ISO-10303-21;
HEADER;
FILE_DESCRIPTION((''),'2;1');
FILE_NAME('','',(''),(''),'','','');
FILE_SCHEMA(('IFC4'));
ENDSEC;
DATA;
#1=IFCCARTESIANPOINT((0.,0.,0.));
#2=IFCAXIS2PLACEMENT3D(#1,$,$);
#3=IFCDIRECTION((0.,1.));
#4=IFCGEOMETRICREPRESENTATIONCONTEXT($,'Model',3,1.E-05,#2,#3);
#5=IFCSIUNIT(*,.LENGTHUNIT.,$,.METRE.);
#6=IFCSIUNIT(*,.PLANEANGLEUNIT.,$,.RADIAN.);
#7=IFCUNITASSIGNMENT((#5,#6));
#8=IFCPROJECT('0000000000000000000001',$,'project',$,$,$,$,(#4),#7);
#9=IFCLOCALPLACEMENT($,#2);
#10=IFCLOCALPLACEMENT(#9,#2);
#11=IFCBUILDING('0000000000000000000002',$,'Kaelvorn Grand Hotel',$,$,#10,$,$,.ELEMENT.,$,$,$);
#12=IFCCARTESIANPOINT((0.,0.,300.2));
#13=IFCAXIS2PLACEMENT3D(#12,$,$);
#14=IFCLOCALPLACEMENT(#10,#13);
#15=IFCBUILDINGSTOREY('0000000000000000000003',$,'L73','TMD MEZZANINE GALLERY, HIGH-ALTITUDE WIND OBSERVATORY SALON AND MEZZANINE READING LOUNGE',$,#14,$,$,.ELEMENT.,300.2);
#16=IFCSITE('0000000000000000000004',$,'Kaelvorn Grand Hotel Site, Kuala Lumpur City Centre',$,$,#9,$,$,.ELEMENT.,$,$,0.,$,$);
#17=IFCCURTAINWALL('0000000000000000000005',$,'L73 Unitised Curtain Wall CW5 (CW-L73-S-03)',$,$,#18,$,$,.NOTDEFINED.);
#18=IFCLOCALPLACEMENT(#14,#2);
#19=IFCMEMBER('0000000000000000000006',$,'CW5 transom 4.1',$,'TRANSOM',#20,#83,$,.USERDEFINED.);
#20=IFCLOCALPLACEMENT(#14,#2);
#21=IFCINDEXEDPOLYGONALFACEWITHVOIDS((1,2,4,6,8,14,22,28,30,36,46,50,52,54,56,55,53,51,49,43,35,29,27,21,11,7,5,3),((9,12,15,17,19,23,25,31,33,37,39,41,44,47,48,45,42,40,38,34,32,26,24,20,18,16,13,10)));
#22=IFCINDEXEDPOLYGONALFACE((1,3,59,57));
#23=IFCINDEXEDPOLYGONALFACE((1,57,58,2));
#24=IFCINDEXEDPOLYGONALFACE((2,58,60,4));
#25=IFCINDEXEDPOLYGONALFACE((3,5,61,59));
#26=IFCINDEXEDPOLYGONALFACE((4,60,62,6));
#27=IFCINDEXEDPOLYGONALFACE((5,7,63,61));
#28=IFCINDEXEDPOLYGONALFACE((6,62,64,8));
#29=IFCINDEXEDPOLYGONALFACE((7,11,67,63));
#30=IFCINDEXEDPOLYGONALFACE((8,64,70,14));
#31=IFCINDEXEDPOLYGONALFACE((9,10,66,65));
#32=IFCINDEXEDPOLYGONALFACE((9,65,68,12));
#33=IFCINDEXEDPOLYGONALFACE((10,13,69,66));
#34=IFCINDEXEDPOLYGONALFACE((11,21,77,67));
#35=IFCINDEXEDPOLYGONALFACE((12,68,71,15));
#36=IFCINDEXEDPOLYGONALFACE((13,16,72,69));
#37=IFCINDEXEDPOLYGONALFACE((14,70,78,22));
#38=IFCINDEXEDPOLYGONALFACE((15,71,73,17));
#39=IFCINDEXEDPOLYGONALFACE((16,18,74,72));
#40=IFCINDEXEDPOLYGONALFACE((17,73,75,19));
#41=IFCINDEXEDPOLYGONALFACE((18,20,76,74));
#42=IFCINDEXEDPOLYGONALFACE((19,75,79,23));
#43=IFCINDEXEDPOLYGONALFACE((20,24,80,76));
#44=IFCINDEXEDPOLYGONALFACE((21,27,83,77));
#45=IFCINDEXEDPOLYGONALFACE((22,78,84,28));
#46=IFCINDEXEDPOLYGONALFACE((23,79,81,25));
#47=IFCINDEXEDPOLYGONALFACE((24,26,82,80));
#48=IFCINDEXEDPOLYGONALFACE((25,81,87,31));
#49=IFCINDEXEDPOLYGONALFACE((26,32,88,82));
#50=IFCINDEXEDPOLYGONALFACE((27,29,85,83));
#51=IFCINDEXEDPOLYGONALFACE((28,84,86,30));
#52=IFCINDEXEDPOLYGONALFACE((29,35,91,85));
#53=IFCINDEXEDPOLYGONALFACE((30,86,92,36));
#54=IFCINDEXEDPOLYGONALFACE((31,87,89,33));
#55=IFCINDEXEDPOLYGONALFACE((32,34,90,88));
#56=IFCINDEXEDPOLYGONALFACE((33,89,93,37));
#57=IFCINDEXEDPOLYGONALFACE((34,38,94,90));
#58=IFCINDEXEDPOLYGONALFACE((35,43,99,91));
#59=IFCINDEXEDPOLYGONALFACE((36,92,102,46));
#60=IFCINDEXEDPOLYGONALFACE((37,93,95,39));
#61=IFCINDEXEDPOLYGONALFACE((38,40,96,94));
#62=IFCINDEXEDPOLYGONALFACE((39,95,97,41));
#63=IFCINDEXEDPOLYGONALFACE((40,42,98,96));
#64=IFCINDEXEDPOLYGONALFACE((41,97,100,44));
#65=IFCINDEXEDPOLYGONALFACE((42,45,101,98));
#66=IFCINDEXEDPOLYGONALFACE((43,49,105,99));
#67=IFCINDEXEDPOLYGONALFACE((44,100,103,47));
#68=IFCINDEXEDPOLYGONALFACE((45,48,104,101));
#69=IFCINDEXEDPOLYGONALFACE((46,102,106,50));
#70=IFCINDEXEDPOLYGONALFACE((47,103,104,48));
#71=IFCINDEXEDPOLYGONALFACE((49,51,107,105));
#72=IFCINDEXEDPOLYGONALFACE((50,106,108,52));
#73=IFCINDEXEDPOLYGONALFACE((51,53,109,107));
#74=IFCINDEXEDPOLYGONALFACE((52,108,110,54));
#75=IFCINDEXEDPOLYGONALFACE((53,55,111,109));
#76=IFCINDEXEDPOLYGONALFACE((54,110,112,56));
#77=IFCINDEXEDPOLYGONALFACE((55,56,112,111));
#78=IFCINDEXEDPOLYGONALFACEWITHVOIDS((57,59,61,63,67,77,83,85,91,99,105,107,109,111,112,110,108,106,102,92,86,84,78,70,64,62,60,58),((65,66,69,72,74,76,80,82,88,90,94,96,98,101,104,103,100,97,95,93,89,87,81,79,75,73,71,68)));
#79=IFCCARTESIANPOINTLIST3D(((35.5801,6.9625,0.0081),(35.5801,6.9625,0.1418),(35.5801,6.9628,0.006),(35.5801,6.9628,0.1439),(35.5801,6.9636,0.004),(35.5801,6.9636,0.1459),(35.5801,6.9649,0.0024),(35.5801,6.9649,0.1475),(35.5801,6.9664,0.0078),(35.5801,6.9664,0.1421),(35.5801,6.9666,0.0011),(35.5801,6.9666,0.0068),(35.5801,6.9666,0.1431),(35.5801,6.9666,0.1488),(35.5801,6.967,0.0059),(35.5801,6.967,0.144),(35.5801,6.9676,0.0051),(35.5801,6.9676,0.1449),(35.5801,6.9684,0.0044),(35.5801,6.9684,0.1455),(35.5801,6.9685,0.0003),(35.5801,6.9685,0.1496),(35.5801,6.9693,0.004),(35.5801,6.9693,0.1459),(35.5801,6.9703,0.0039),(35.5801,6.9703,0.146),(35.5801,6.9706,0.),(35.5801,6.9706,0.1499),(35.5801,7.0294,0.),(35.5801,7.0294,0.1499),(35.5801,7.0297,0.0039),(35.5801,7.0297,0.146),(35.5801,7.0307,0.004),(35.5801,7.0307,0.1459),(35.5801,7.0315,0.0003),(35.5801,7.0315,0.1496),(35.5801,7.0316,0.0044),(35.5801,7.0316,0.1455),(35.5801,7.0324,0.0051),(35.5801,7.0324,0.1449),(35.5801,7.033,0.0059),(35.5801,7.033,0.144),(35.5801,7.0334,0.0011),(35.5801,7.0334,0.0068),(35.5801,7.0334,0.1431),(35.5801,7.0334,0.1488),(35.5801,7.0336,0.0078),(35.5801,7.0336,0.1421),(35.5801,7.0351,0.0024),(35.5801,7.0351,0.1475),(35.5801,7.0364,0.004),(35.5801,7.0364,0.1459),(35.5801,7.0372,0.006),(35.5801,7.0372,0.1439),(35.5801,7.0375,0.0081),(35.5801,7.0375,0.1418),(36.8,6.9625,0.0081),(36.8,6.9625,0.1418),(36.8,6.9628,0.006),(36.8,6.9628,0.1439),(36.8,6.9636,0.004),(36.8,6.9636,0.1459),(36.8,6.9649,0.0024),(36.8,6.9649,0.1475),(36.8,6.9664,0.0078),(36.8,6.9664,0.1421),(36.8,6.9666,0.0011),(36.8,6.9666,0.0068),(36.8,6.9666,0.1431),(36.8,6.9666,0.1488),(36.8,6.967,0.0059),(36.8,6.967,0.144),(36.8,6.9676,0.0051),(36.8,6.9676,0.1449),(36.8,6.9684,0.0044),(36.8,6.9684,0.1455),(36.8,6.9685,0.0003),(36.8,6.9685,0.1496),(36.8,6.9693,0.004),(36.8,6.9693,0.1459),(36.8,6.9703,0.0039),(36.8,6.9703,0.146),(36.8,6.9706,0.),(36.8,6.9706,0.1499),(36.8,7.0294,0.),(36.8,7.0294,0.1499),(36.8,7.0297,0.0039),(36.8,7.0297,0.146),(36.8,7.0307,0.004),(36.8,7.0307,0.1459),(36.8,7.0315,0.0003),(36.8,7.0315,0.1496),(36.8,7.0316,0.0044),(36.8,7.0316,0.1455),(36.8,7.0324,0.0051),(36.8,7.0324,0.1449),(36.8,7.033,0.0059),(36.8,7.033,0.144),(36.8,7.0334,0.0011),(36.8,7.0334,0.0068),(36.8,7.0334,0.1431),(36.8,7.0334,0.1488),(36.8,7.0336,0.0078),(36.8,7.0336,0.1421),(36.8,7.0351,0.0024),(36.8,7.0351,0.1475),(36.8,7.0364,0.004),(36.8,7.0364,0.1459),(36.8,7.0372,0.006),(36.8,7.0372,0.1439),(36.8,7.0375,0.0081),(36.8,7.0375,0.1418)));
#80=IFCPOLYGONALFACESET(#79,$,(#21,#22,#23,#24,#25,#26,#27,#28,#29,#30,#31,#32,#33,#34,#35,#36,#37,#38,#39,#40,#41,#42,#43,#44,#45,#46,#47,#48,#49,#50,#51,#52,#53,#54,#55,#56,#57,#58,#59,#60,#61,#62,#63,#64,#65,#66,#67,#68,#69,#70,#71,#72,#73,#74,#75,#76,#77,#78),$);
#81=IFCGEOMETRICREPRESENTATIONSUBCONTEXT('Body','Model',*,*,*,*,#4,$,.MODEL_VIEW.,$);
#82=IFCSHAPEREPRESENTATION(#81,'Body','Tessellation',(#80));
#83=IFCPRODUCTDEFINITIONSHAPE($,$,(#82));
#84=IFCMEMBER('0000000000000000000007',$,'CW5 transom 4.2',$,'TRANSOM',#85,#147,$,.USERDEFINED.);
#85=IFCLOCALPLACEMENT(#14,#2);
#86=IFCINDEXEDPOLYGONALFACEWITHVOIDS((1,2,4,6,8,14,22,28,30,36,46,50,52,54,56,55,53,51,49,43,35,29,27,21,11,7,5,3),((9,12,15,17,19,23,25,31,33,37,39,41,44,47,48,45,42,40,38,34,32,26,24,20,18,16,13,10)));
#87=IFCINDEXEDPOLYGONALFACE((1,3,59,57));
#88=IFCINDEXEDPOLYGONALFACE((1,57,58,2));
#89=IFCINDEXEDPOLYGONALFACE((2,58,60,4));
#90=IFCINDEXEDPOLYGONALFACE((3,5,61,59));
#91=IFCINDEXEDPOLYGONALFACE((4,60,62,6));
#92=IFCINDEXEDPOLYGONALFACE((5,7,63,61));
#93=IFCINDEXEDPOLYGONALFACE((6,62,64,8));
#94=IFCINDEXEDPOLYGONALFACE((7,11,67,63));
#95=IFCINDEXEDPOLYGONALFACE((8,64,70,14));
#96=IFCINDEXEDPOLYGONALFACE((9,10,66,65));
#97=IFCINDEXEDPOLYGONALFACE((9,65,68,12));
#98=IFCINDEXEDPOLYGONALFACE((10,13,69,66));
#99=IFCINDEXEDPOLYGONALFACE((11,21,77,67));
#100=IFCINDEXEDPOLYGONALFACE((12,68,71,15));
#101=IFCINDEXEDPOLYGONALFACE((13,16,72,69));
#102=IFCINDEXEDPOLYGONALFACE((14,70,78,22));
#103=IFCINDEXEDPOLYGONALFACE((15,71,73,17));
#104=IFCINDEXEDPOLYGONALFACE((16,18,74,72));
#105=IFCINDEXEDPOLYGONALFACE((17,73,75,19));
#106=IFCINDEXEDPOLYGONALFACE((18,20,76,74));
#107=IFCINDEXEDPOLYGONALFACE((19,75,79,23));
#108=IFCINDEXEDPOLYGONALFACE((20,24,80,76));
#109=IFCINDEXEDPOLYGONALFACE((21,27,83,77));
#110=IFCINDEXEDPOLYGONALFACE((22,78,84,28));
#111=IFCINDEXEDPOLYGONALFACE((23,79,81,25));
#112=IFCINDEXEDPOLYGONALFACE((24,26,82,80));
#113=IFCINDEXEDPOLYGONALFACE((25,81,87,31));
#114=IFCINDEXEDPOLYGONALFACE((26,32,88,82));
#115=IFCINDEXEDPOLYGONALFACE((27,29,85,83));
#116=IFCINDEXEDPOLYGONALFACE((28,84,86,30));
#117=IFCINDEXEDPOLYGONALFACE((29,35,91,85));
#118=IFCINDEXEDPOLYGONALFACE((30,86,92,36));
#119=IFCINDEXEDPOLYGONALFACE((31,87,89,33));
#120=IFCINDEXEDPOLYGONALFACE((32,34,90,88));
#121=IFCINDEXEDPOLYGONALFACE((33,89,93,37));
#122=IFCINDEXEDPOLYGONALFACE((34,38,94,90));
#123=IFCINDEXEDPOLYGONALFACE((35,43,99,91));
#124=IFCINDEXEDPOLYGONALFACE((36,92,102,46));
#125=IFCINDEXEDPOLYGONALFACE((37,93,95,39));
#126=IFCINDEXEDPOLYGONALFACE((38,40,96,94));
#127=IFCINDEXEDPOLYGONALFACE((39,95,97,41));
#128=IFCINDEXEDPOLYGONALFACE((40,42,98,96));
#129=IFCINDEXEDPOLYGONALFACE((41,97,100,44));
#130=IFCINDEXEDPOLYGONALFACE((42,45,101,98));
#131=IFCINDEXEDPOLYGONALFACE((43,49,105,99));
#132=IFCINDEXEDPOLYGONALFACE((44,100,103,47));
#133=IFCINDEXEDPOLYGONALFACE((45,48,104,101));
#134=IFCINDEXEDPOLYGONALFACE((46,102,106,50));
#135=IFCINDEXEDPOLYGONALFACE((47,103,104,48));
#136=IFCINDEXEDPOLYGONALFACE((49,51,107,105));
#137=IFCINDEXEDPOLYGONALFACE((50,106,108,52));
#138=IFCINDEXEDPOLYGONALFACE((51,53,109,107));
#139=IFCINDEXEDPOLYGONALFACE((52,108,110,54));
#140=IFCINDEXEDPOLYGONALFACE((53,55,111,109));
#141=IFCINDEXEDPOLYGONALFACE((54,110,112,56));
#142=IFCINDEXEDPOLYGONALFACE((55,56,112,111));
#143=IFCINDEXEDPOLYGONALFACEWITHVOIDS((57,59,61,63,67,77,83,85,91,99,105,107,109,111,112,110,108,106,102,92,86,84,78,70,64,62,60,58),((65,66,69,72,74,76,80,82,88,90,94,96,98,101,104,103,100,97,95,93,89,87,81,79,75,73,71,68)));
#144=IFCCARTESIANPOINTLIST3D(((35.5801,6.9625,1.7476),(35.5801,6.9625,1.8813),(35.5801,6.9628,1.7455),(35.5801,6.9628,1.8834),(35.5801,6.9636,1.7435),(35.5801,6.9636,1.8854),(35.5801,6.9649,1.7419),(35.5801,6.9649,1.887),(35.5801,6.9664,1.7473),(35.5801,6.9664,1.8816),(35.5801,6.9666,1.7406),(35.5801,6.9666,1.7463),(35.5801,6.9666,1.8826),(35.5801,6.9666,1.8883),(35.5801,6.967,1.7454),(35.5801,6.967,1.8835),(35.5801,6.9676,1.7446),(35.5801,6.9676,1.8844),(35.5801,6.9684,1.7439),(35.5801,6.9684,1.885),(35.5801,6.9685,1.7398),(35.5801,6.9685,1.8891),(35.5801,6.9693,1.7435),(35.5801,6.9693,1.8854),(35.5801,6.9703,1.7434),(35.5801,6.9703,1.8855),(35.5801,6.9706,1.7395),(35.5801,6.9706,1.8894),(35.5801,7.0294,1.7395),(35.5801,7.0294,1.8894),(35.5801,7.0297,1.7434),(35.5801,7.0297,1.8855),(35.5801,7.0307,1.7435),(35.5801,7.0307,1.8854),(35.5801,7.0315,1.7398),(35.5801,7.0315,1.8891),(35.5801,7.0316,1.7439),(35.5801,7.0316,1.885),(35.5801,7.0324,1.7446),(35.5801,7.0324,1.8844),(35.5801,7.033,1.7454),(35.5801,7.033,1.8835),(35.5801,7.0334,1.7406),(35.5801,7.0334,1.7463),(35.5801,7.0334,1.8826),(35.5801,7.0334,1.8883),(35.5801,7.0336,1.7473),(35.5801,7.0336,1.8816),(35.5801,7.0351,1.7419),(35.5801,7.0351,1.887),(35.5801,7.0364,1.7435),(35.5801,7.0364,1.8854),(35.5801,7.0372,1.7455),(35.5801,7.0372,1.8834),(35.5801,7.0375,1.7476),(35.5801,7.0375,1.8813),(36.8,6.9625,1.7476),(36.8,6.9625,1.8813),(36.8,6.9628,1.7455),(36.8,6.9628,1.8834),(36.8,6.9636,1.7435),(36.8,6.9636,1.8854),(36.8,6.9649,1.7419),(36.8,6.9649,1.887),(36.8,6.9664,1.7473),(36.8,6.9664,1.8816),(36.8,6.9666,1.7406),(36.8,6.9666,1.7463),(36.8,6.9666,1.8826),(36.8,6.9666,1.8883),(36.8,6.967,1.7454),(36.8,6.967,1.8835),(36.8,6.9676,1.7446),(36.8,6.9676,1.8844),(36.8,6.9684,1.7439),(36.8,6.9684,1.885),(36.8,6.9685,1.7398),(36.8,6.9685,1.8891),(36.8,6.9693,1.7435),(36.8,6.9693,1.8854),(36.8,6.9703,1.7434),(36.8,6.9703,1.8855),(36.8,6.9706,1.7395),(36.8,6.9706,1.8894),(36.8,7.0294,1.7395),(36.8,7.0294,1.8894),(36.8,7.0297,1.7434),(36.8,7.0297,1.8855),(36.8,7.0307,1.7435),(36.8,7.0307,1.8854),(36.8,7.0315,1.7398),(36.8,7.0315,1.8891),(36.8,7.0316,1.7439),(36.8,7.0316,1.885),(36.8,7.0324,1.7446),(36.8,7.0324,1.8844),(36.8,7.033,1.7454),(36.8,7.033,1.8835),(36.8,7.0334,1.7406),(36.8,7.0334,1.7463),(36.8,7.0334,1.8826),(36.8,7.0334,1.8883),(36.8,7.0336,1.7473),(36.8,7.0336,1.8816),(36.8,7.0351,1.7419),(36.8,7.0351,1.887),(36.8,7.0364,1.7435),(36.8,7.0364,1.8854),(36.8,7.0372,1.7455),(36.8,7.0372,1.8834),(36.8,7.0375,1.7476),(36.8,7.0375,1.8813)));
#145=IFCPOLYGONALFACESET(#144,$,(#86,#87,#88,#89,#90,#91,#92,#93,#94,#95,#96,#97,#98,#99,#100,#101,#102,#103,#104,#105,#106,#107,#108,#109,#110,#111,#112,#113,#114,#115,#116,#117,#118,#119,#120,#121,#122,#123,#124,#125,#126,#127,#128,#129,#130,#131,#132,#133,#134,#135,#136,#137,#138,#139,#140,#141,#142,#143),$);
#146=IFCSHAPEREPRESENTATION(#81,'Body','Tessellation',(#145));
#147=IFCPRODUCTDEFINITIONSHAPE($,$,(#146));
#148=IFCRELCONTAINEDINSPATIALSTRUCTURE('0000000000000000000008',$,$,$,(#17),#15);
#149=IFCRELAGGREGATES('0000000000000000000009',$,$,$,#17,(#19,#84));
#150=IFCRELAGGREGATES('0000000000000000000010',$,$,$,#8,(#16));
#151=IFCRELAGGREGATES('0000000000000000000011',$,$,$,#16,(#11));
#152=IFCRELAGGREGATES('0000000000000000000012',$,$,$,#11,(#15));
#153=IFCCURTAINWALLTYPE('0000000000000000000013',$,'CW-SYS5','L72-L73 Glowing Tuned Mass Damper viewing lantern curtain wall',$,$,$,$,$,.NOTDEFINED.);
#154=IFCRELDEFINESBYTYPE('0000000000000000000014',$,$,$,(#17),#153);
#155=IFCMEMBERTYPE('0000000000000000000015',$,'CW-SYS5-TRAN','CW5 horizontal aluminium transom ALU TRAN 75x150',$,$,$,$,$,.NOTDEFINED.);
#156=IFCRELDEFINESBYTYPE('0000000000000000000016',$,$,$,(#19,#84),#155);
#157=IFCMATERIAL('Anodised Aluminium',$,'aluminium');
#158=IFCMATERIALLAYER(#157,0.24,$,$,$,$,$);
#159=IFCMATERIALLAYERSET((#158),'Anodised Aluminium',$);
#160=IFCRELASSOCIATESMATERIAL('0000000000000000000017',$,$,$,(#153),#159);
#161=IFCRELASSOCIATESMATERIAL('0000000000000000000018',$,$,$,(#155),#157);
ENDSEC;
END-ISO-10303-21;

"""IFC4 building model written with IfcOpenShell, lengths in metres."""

from ifc_helpers import new_model, si_unit, direction, frame, origin, origin_2d, place, context, subcontext, project, spatial, hollow_rectangle, extrude, material, layer, layer_set, material_profile, profile_set, type_object, element, aggregate, save


model = new_model("IFC4")

# Units and contexts
model_context = context("Model", 3, precision=1e-05, world=origin(), true_north=direction((0.0, 1.0)))
body_context = subcontext(model_context, "Body", "Model", "MODEL_VIEW")
ifc_project = project(units=[si_unit("LENGTHUNIT", "METRE"), si_unit("PLANEANGLEUNIT", "RADIAN")], contexts=[model_context])

# Site, building, storey
site_placement = place(None, origin())
site = spatial("IfcSite", under=ifc_project, at=site_placement, Name="Kaelvorn Grand Hotel Site, Kuala Lumpur City Centre", CompositionType="ELEMENT", RefElevation=0.0)
building_placement = place(site_placement, origin())
building = spatial("IfcBuilding", under=site, at=building_placement, Name="Kaelvorn Grand Hotel", CompositionType="ELEMENT")
storey_placement = place(building_placement, frame((0.0, 0.0, 300.2)))
storey = spatial("IfcBuildingStorey", under=building, at=storey_placement, Name="L73", Description="TMD MEZZANINE GALLERY, HIGH-ALTITUDE WIND OBSERVATORY SALON AND MEZZANINE READING LOUNGE", CompositionType="ELEMENT", Elevation=300.2)

# Curtain wall
ifc_material_1 = material(Name="Anodised Aluminium", Category="aluminium")
ifc_layer_1 = layer(ifc_material_1, 0.24)
ifc_layer_set_1 = layer_set([ifc_layer_1], Name="Anodised Aluminium")
curtain_wall_type = type_object("IfcCurtainWallType", Name="CW-SYS5", Description="L72-L73 Glowing Tuned Mass Damper viewing lantern curtain wall", PredefinedType="NOTDEFINED", material=ifc_layer_set_1)
curtain_wall_1_placement = place(storey_placement, origin())
curtain_wall_1 = element("IfcCurtainWall", 1, at=curtain_wall_1_placement, inside=storey, type_object=curtain_wall_type, Name="L73 Unitised Curtain Wall CW5 (CW-L73-S-03)", PredefinedType="NOTDEFINED")

# Members
ifc_material_profile_1 = material_profile(ifc_material_1, hollow_rectangle(XDim=0.075, YDim=0.1499, WallThickness=0.0039, InnerFilletRadius=0.0039, OuterFilletRadius=0.0081, at=origin_2d()), Name="ALU TRAN 75x150")
ifc_profile_set_1 = profile_set([ifc_material_profile_1], Name="Anodised Aluminium")
member_type_1 = type_object("IfcMemberType", Name="CW-SYS5-TRAN", Description="CW5 horizontal aluminium transom ALU TRAN 75x150", PredefinedType="NOTDEFINED", material=ifc_profile_set_1)
member_1_placement = place(storey_placement, frame((35.5801, 7.0, 0.075), z_axis=(1.0, 0.0, 0.0), x_axis=(0.0, 1.0, 0.0)))
member_1 = element("IfcMember", 2, at=member_1_placement, type_object=member_type_1, Name="CW5 transom 4.1", ObjectType="TRANSOM", PredefinedType="USERDEFINED", context=body_context, shape_type="SweptSolid", body=[
    extrude(hollow_rectangle(XDim=0.075, YDim=0.1499, WallThickness=0.0039, InnerFilletRadius=0.0039, OuterFilletRadius=0.0081, at=origin_2d()), origin(), (0.0, 0.0, 1.0), 1.22),
])
member_2_placement = place(storey_placement, frame((35.5801, 7.0, 1.8145), z_axis=(1.0, 0.0, 0.0), x_axis=(0.0, 1.0, 0.0)))
member_2 = element("IfcMember", 3, at=member_2_placement, type_object=member_type_1, Name="CW5 transom 4.2", ObjectType="TRANSOM", PredefinedType="USERDEFINED", context=body_context, shape_type="SweptSolid", body=[
    extrude(hollow_rectangle(XDim=0.075, YDim=0.1499, WallThickness=0.0039, InnerFilletRadius=0.0039, OuterFilletRadius=0.0081, at=origin_2d()), origin(), (0.0, 0.0, 1.0), 1.22),
])

aggregate(curtain_wall_1, [member_1, member_2])

save(model, "model.ifc")
